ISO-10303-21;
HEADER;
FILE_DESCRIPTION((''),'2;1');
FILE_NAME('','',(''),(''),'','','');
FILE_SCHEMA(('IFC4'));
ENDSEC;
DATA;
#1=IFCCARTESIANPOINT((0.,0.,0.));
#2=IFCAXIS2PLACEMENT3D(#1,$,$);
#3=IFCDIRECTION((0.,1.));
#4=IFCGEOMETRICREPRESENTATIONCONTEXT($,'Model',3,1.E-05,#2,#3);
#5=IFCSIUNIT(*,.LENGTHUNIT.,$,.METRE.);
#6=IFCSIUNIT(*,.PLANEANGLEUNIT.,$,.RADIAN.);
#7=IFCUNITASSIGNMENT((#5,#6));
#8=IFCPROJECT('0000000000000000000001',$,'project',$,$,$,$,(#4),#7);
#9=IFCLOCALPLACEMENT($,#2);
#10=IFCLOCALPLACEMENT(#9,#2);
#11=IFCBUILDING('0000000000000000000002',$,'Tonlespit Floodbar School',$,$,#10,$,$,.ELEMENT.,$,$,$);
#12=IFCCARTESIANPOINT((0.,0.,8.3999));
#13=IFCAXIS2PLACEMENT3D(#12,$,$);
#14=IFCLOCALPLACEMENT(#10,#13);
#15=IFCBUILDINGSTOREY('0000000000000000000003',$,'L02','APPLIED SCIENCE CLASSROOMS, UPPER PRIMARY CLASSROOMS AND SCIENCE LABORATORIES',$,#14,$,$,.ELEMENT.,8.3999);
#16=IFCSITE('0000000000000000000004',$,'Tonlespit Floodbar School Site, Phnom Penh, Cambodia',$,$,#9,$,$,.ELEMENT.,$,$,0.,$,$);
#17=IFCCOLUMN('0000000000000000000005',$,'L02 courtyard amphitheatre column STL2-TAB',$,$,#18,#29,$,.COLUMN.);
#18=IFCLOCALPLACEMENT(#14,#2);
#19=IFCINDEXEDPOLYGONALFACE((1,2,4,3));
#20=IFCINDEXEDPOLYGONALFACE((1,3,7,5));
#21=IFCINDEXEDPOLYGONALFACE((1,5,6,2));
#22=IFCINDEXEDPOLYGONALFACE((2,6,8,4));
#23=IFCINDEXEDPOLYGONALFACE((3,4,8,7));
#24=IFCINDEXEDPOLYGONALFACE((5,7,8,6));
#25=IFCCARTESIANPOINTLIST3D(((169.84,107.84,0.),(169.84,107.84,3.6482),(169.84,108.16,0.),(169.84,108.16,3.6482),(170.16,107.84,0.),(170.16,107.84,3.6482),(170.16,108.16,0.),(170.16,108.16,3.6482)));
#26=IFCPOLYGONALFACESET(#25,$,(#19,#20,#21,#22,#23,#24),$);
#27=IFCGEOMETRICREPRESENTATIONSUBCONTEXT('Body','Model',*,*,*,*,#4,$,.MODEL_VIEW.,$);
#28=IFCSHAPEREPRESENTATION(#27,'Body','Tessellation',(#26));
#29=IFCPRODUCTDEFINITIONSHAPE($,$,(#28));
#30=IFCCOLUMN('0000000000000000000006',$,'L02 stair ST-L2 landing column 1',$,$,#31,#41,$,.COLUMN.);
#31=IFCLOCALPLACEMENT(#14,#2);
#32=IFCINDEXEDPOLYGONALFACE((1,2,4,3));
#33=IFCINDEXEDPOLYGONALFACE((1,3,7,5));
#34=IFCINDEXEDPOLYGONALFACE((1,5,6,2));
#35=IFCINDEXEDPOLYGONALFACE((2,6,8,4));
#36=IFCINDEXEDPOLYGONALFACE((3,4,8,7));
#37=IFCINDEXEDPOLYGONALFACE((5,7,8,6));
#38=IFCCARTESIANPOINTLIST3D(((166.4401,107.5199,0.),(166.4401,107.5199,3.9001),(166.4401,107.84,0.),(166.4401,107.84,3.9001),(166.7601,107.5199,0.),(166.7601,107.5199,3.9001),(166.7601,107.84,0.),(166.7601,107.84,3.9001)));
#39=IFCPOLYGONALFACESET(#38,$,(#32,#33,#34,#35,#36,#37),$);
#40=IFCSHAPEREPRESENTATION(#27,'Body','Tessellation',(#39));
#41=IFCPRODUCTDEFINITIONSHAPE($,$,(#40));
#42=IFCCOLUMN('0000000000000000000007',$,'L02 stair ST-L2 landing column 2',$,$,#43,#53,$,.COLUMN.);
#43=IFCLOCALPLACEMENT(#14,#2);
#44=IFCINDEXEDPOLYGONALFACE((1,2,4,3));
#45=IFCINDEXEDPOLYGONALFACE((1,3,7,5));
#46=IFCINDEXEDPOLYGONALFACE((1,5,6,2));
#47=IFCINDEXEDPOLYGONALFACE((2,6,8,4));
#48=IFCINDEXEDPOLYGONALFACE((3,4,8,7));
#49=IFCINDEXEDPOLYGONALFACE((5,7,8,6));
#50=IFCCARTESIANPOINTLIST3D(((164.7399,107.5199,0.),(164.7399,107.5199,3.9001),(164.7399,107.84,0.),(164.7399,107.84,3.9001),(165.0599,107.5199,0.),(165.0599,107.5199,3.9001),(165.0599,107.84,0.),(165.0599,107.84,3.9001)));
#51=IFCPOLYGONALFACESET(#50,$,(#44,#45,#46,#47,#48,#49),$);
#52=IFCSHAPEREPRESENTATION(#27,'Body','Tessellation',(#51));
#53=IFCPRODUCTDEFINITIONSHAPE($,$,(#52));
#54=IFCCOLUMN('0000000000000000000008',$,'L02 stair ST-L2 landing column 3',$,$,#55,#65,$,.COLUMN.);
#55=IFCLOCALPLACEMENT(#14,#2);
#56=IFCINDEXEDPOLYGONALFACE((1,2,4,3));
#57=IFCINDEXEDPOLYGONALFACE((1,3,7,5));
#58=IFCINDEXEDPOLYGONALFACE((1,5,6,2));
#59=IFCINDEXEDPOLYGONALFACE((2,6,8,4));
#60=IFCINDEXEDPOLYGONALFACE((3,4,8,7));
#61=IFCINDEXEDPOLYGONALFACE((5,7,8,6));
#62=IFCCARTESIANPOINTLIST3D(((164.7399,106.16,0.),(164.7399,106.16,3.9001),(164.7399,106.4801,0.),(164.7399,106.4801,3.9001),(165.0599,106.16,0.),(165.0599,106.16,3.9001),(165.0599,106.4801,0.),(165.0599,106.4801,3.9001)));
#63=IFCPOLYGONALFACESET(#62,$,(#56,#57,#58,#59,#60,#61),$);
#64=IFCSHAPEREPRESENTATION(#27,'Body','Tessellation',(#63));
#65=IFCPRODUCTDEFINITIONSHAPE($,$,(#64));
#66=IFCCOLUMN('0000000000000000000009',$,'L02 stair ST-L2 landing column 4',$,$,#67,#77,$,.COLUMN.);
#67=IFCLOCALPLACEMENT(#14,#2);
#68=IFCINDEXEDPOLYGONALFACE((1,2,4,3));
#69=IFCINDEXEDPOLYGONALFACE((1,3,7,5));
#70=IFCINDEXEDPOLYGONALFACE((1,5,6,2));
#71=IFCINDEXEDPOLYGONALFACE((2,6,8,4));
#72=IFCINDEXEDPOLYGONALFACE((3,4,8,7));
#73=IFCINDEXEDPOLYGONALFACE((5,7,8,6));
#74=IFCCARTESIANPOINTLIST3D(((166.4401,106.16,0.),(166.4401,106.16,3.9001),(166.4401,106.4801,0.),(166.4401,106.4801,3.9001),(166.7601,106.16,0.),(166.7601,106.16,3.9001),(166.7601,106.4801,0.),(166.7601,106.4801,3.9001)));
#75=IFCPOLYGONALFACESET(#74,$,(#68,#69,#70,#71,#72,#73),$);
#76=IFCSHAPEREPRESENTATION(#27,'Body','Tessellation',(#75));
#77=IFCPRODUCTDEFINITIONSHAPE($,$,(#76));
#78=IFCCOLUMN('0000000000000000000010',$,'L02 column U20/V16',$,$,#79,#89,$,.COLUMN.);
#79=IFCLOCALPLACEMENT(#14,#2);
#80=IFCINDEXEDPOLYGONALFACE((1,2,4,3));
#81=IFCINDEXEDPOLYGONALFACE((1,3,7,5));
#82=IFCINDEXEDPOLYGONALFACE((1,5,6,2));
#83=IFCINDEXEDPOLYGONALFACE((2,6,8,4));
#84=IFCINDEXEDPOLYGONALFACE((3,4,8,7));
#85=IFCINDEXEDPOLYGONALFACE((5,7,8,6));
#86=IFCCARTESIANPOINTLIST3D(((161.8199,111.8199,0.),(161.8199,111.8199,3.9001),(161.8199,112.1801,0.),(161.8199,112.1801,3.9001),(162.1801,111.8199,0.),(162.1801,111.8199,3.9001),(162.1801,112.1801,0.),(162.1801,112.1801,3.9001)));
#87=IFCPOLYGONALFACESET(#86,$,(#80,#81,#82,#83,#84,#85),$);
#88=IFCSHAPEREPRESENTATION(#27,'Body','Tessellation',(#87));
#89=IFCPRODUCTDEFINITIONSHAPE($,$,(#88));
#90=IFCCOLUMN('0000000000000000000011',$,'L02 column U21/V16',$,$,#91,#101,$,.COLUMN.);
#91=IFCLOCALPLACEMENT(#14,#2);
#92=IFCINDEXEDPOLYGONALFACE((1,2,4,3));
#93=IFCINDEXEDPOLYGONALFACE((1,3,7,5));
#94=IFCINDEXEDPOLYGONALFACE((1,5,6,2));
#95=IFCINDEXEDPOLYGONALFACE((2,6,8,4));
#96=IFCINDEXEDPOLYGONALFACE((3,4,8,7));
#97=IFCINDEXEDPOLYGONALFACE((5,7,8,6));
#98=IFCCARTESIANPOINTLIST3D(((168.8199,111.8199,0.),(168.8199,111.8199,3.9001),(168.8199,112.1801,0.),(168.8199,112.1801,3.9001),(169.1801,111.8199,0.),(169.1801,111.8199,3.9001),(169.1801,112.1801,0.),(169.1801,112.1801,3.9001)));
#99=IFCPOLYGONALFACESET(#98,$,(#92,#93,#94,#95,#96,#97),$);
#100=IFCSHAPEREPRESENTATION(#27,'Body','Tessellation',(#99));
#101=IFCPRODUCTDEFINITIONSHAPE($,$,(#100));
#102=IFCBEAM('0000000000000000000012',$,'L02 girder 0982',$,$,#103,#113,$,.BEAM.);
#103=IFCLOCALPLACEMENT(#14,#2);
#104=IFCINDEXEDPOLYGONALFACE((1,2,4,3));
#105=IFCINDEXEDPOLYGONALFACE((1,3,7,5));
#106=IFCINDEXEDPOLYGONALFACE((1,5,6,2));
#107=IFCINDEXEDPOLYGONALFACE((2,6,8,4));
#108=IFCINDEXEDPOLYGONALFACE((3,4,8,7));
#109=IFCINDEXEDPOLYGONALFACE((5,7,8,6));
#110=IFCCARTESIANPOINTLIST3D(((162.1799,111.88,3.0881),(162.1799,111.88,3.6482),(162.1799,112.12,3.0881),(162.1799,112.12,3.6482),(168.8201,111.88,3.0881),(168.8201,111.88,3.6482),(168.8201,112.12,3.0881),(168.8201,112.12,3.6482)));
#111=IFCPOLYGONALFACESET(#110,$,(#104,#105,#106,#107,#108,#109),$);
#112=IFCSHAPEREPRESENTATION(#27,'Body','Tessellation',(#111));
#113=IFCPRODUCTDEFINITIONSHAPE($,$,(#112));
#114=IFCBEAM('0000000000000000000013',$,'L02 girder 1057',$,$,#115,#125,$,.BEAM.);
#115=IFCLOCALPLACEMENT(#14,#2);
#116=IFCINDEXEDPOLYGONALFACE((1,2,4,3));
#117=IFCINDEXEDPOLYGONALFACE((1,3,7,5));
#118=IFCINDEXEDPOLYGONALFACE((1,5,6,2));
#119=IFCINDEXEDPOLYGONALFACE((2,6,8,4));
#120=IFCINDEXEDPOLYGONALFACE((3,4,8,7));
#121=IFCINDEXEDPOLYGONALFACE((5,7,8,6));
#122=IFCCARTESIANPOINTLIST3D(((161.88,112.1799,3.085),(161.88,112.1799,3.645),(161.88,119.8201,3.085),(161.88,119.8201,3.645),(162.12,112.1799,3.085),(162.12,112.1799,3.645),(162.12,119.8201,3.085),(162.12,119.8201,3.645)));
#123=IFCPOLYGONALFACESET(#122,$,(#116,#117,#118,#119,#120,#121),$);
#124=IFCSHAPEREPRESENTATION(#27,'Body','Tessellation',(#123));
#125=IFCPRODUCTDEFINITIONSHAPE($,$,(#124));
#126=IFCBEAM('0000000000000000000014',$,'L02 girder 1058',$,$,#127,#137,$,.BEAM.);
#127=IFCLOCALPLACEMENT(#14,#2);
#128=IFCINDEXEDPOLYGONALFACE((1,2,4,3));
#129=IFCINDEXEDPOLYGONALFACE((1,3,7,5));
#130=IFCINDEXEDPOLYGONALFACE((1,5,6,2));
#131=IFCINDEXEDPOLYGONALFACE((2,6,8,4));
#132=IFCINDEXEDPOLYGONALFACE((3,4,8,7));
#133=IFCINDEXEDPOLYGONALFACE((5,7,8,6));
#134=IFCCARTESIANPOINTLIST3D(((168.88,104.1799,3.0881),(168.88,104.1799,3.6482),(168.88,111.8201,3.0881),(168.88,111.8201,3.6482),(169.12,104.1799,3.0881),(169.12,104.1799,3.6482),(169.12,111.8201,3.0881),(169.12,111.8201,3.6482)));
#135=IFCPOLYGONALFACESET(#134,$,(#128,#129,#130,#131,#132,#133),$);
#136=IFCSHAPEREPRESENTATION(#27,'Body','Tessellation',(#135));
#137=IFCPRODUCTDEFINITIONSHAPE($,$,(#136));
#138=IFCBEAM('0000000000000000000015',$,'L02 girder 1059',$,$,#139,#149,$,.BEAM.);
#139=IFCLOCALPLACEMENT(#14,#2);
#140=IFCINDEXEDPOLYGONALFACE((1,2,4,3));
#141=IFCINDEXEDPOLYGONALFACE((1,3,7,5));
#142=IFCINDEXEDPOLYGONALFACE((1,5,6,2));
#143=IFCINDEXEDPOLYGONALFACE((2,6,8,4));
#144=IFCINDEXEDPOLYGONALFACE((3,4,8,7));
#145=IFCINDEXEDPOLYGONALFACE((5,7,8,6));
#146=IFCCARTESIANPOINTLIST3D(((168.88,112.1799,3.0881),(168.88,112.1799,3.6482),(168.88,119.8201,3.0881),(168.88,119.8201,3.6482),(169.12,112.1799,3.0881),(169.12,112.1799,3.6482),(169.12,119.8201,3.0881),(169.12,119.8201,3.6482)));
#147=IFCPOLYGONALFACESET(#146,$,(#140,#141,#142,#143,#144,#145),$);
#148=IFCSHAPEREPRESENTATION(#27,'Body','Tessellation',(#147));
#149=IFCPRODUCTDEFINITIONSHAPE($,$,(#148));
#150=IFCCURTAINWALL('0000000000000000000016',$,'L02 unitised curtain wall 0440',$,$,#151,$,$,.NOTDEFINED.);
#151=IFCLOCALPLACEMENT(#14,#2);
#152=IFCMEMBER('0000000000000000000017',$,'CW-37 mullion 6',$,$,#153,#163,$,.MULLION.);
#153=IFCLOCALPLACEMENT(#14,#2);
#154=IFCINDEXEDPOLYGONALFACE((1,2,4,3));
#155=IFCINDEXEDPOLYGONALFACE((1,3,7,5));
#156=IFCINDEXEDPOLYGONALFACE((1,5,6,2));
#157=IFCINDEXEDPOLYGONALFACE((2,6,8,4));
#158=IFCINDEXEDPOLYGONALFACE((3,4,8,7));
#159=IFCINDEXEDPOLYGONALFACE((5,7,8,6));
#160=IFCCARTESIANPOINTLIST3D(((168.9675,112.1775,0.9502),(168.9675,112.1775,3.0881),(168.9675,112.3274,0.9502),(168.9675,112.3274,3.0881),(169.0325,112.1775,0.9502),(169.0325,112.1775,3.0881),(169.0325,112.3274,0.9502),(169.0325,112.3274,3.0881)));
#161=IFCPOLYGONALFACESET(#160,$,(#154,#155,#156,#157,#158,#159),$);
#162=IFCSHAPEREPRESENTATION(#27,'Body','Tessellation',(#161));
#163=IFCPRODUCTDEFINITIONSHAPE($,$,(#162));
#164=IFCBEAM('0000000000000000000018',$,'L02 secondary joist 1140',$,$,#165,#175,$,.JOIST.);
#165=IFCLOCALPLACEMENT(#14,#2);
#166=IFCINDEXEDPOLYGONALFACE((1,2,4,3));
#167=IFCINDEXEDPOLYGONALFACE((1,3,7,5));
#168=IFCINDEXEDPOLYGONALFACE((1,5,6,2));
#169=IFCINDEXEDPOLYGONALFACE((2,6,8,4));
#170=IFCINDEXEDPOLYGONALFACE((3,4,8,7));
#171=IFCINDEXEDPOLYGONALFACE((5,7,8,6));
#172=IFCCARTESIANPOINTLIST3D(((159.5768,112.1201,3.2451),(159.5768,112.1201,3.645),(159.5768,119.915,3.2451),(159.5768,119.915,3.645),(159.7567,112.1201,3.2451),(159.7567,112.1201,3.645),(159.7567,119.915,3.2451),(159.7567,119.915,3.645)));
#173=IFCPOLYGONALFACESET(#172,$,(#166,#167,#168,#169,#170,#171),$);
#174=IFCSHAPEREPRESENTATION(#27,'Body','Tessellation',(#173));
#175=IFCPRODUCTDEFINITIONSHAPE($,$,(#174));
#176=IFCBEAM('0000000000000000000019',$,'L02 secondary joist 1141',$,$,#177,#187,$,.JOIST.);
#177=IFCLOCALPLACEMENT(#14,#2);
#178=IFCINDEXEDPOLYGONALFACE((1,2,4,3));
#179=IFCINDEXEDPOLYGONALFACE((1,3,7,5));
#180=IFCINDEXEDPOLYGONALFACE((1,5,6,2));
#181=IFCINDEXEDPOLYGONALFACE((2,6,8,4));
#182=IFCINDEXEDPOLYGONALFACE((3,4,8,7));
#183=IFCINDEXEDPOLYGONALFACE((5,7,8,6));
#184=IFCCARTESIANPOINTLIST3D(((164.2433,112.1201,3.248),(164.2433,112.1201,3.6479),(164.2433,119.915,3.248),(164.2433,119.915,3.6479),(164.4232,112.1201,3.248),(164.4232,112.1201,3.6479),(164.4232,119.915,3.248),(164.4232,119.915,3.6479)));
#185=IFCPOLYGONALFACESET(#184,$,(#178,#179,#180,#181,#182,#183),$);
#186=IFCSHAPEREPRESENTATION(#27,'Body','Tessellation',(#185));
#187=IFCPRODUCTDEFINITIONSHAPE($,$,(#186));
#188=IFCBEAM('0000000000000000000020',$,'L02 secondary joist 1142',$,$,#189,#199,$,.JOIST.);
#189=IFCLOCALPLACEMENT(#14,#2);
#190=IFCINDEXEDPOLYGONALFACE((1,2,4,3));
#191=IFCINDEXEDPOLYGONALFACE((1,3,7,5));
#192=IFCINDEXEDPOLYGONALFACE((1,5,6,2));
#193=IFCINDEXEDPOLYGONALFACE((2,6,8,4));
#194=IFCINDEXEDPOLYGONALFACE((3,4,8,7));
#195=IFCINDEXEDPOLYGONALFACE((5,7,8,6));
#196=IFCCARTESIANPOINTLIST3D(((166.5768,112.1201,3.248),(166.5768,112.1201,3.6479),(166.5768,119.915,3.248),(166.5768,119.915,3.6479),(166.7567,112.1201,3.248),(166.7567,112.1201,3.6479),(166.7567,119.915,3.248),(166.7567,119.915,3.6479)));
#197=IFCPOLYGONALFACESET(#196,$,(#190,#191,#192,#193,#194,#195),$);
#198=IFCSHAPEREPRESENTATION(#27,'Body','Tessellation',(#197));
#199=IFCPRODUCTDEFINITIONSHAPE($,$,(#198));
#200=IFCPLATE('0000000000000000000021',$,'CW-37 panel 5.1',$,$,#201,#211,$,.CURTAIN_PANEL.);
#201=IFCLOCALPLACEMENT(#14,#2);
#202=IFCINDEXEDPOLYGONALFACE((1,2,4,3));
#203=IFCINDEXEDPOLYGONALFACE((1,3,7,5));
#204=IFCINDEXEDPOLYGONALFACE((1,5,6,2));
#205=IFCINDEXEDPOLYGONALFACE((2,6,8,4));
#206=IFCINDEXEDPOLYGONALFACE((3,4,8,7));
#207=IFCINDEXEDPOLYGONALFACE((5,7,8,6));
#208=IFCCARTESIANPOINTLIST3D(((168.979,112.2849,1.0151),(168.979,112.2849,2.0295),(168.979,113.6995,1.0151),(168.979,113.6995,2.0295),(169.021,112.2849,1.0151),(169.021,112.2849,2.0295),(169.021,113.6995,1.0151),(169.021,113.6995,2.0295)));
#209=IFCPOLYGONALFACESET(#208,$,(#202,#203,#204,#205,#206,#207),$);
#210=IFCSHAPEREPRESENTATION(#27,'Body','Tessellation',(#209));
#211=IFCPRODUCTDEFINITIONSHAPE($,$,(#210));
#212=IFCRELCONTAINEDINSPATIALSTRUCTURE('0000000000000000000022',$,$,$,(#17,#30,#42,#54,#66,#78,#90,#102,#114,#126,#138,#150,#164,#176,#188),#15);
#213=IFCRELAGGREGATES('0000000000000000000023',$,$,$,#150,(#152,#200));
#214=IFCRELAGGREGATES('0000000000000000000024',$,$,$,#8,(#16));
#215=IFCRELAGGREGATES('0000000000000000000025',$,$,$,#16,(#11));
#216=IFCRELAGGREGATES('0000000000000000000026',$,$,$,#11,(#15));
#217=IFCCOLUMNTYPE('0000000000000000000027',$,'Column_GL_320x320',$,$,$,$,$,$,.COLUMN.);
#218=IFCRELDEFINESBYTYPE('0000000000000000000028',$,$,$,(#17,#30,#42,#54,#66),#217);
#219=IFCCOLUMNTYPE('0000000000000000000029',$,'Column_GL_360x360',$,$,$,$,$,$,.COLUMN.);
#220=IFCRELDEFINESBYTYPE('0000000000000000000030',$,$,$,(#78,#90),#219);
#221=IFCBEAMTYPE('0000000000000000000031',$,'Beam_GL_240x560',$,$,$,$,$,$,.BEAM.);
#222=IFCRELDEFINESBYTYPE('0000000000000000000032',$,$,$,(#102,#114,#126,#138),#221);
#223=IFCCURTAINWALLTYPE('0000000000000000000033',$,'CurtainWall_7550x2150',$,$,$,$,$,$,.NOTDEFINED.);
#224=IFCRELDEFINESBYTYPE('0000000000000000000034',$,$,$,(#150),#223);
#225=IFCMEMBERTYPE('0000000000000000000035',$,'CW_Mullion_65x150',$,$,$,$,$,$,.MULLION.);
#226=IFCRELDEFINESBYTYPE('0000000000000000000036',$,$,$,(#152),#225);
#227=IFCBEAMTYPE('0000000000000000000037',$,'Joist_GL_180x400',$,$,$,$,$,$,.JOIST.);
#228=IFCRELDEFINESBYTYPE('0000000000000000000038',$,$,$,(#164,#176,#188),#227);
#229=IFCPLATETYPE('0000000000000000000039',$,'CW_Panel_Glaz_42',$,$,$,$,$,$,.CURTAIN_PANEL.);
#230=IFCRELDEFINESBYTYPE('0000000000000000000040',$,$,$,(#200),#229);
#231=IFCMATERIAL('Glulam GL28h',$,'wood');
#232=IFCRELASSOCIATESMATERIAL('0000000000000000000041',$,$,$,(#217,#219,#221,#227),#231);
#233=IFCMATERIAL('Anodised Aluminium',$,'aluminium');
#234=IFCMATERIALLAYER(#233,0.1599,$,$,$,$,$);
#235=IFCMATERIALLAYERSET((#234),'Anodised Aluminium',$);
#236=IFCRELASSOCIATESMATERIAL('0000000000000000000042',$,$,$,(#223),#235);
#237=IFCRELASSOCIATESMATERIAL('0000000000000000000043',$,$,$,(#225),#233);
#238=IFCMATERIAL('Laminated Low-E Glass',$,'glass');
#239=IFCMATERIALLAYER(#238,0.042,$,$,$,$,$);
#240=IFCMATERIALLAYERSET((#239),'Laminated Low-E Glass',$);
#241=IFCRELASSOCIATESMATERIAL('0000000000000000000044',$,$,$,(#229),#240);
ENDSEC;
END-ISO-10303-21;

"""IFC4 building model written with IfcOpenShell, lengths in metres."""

from ifc_helpers import new_model, si_unit, direction, frame, origin, origin_2d, place, context, subcontext, project, spatial, rectangle, extrude, material, layer, layer_set, material_profile, profile_set, type_object, element, aggregate, save


model = new_model("IFC4")

# Units and contexts
model_context = context("Model", 3, precision=1e-05, world=origin(), true_north=direction((0.0, 1.0)))
body_context = subcontext(model_context, "Body", "Model", "MODEL_VIEW")
ifc_project = project(units=[si_unit("LENGTHUNIT", "METRE"), si_unit("PLANEANGLEUNIT", "RADIAN")], contexts=[model_context])

# Site, building, storey
site_placement = place(None, origin())
site = spatial("IfcSite", under=ifc_project, at=site_placement, Name="Tonlespit Floodbar School Site, Phnom Penh, Cambodia", CompositionType="ELEMENT", RefElevation=0.0)
building_placement = place(site_placement, origin())
building = spatial("IfcBuilding", under=site, at=building_placement, Name="Tonlespit Floodbar School", CompositionType="ELEMENT")
storey_placement = place(building_placement, frame((0.0, 0.0, 8.3999)))
storey = spatial("IfcBuildingStorey", under=building, at=storey_placement, Name="L02", Description="APPLIED SCIENCE CLASSROOMS, UPPER PRIMARY CLASSROOMS AND SCIENCE LABORATORIES", CompositionType="ELEMENT", Elevation=8.3999)

# Columns
ifc_material_1 = material(Name="Glulam GL28h", Category="wood")
ifc_material_profile_1 = material_profile(ifc_material_1, rectangle(XDim=0.3201, YDim=0.3201, at=origin_2d()), Name="GL 320x320")
ifc_profile_set_1 = profile_set([ifc_material_profile_1], Name="Glulam GL28h")
column_type_1 = type_object("IfcColumnType", Name="Column_GL_320x320", PredefinedType="COLUMN", material=ifc_profile_set_1)
column_placement = place(storey_placement, frame((170.0, 108.0, 0.0), z_axis=(0.0, 0.0, 1.0), x_axis=(1.0, 0.0, 0.0)))
element("IfcColumn", 1, at=column_placement, inside=storey, type_object=column_type_1, Name="L02 courtyard amphitheatre column STL2-TAB", PredefinedType="COLUMN", context=body_context, shape_type="SweptSolid", body=[
    extrude(rectangle(XDim=0.3201, YDim=0.3201, at=origin_2d()), origin(), (0.0, 0.0, 1.0), 3.6482),
])
for number, where, z_axis, x_axis, name in (
    (2, (166.6001, 107.6799, 0.0), (0.0, 0.0, 1.0), (1.0, 0.0, 0.0), "L02 stair ST-L2 landing column 1"),
    (3, (164.8999, 107.6799, 0.0), (0.0, 0.0, 1.0), (1.0, 0.0, 0.0), "L02 stair ST-L2 landing column 2"),
    (4, (164.8999, 106.3201, 0.0), (0.0, 0.0, 1.0), (1.0, 0.0, 0.0), "L02 stair ST-L2 landing column 3"),
    (5, (166.6001, 106.3201, 0.0), (0.0, 0.0, 1.0), (1.0, 0.0, 0.0), "L02 stair ST-L2 landing column 4"),
):
    element("IfcColumn", number, at=place(storey_placement, frame(where, z_axis=z_axis, x_axis=x_axis)), inside=storey, type_object=column_type_1, Name=name, PredefinedType="COLUMN", context=body_context, shape_type="SweptSolid", body=[
        extrude(rectangle(XDim=0.3201, YDim=0.3201, at=origin_2d()), origin(), (0.0, 0.0, 1.0), 3.9001),
    ])
ifc_material_profile_2 = material_profile(ifc_material_1, rectangle(XDim=0.3601, YDim=0.3601, at=origin_2d()), Name="GL 360x360")
ifc_profile_set_2 = profile_set([ifc_material_profile_2], Name="Glulam GL28h")
column_type_2 = type_object("IfcColumnType", Name="Column_GL_360x360", PredefinedType="COLUMN", material=ifc_profile_set_2)
for number, where, z_axis, x_axis, name in (
    (6, (162.0, 112.0, 0.0), (0.0, 0.0, 1.0), (1.0, 0.0, 0.0), "L02 column U20/V16"),
    (7, (169.0, 112.0, 0.0), (0.0, 0.0, 1.0), (1.0, 0.0, 0.0), "L02 column U21/V16"),
):
    element("IfcColumn", number, at=place(storey_placement, frame(where, z_axis=z_axis, x_axis=x_axis)), inside=storey, type_object=column_type_2, Name=name, PredefinedType="COLUMN", context=body_context, shape_type="SweptSolid", body=[
        extrude(rectangle(XDim=0.3601, YDim=0.3601, at=origin_2d()), origin(), (0.0, 0.0, 1.0), 3.9001),
    ])

# Beams
ifc_material_profile_3 = material_profile(ifc_material_1, rectangle(XDim=0.24, YDim=0.5601, at=origin_2d()), Name="GL 240x560")
ifc_profile_set_3 = profile_set([ifc_material_profile_3], Name="Glulam GL28h")
beam_type_1 = type_object("IfcBeamType", Name="Beam_GL_240x560", PredefinedType="BEAM", material=ifc_profile_set_3)
beam_placement = place(storey_placement, frame((162.1799, 112.0, 3.3682), z_axis=(1.0, 0.0, 0.0), x_axis=(0.0, 1.0, 0.0)))
element("IfcBeam", 8, at=beam_placement, inside=storey, type_object=beam_type_1, Name="L02 girder 0982", PredefinedType="BEAM", context=body_context, shape_type="SweptSolid", body=[
    extrude(rectangle(XDim=0.24, YDim=0.5601, at=origin_2d()), origin(), (0.0, 0.0, 1.0), 6.6401),
])
for number, where, z_axis, x_axis, name in (
    (9, (162.0, 112.1799, 3.365), (0.0, 1.0, 0.0), (-1.0, 0.0, 0.0), "L02 girder 1057"),
    (10, (169.0, 104.1799, 3.3682), (0.0, 1.0, 0.0), (-1.0, 0.0, 0.0), "L02 girder 1058"),
    (11, (169.0, 112.1799, 3.3682), (0.0, 1.0, 0.0), (-1.0, 0.0, 0.0), "L02 girder 1059"),
):
    element("IfcBeam", number, at=place(storey_placement, frame(where, z_axis=z_axis, x_axis=x_axis)), inside=storey, type_object=beam_type_1, Name=name, PredefinedType="BEAM", context=body_context, shape_type="SweptSolid", body=[
        extrude(rectangle(XDim=0.24, YDim=0.5601, at=origin_2d()), origin(), (0.0, 0.0, 1.0), 7.6401),
    ])

# Curtain wall, member
ifc_material_2 = material(Name="Anodised Aluminium", Category="aluminium")
ifc_layer_1 = layer(ifc_material_2, 0.1599)
ifc_layer_set_1 = layer_set([ifc_layer_1], Name="Anodised Aluminium")
curtain_wall_type = type_object("IfcCurtainWallType", Name="CurtainWall_7550x2150", PredefinedType="NOTDEFINED", material=ifc_layer_set_1)
curtain_wall_placement = place(storey_placement, origin())
curtain_wall = element("IfcCurtainWall", 12, at=curtain_wall_placement, inside=storey, type_object=curtain_wall_type, Name="L02 unitised curtain wall 0440", PredefinedType="NOTDEFINED")
ifc_material_profile_4 = material_profile(ifc_material_2, rectangle(XDim=0.0649, YDim=0.1499, at=origin_2d()), Name="ALU M65x150")
ifc_profile_set_4 = profile_set([ifc_material_profile_4], Name="Anodised Aluminium")
member_type = type_object("IfcMemberType", Name="CW_Mullion_65x150", PredefinedType="MULLION", material=ifc_profile_set_4)
member_placement = place(storey_placement, frame((169.0, 112.2524, 0.9502), z_axis=(0.0, 0.0, 1.0), x_axis=(1.0, 0.0, 0.0)))
member = element("IfcMember", 13, at=member_placement, type_object=member_type, Name="CW-37 mullion 6", PredefinedType="MULLION", context=body_context, shape_type="SweptSolid", body=[
    extrude(rectangle(XDim=0.0649, YDim=0.1499, at=origin_2d()), origin(), (0.0, 0.0, 1.0), 2.1379),
])

# Beams
ifc_material_profile_5 = material_profile(ifc_material_1, rectangle(XDim=0.1799, YDim=0.3999, at=origin_2d()), Name="GL 180x400")
ifc_profile_set_5 = profile_set([ifc_material_profile_5], Name="Glulam GL28h")
beam_type_2 = type_object("IfcBeamType", Name="Joist_GL_180x400", PredefinedType="JOIST", material=ifc_profile_set_5)
for number, where, z_axis, x_axis, name in (
    (14, (159.6667, 112.1201, 3.4451), (0.0, 1.0, 0.0), (-1.0, 0.0, 0.0), "L02 secondary joist 1140"),
    (15, (164.3333, 112.1201, 3.448), (0.0, 1.0, 0.0), (-1.0, 0.0, 0.0), "L02 secondary joist 1141"),
    (16, (166.6667, 112.1201, 3.448), (0.0, 1.0, 0.0), (-1.0, 0.0, 0.0), "L02 secondary joist 1142"),
):
    element("IfcBeam", number, at=place(storey_placement, frame(where, z_axis=z_axis, x_axis=x_axis)), inside=storey, type_object=beam_type_2, Name=name, PredefinedType="JOIST", context=body_context, shape_type="SweptSolid", body=[
        extrude(rectangle(XDim=0.1799, YDim=0.3999, at=origin_2d()), origin(), (0.0, 0.0, 1.0), 7.7949),
    ])

# Plate
ifc_material_3 = material(Name="Laminated Low-E Glass", Category="glass")
ifc_layer_2 = layer(ifc_material_3, 0.042)
ifc_layer_set_2 = layer_set([ifc_layer_2], Name="Laminated Low-E Glass")
plate_type = type_object("IfcPlateType", Name="CW_Panel_Glaz_42", PredefinedType="CURTAIN_PANEL", material=ifc_layer_set_2)
plate_placement = place(storey_placement, frame((169.0, 112.9922, 1.0151), z_axis=(0.0, 0.0, 1.0), x_axis=(0.0, -1.0, 0.0)))
plate = element("IfcPlate", 17, at=plate_placement, type_object=plate_type, Name="CW-37 panel 5.1", PredefinedType="CURTAIN_PANEL", context=body_context, shape_type="SweptSolid", body=[
    extrude(rectangle(XDim=1.4146, YDim=0.042, at=origin_2d()), origin(), (0.0, 0.0, 1.0), 1.0144),
])
aggregate(curtain_wall, [member, plate])

save(model, "model.ifc")
